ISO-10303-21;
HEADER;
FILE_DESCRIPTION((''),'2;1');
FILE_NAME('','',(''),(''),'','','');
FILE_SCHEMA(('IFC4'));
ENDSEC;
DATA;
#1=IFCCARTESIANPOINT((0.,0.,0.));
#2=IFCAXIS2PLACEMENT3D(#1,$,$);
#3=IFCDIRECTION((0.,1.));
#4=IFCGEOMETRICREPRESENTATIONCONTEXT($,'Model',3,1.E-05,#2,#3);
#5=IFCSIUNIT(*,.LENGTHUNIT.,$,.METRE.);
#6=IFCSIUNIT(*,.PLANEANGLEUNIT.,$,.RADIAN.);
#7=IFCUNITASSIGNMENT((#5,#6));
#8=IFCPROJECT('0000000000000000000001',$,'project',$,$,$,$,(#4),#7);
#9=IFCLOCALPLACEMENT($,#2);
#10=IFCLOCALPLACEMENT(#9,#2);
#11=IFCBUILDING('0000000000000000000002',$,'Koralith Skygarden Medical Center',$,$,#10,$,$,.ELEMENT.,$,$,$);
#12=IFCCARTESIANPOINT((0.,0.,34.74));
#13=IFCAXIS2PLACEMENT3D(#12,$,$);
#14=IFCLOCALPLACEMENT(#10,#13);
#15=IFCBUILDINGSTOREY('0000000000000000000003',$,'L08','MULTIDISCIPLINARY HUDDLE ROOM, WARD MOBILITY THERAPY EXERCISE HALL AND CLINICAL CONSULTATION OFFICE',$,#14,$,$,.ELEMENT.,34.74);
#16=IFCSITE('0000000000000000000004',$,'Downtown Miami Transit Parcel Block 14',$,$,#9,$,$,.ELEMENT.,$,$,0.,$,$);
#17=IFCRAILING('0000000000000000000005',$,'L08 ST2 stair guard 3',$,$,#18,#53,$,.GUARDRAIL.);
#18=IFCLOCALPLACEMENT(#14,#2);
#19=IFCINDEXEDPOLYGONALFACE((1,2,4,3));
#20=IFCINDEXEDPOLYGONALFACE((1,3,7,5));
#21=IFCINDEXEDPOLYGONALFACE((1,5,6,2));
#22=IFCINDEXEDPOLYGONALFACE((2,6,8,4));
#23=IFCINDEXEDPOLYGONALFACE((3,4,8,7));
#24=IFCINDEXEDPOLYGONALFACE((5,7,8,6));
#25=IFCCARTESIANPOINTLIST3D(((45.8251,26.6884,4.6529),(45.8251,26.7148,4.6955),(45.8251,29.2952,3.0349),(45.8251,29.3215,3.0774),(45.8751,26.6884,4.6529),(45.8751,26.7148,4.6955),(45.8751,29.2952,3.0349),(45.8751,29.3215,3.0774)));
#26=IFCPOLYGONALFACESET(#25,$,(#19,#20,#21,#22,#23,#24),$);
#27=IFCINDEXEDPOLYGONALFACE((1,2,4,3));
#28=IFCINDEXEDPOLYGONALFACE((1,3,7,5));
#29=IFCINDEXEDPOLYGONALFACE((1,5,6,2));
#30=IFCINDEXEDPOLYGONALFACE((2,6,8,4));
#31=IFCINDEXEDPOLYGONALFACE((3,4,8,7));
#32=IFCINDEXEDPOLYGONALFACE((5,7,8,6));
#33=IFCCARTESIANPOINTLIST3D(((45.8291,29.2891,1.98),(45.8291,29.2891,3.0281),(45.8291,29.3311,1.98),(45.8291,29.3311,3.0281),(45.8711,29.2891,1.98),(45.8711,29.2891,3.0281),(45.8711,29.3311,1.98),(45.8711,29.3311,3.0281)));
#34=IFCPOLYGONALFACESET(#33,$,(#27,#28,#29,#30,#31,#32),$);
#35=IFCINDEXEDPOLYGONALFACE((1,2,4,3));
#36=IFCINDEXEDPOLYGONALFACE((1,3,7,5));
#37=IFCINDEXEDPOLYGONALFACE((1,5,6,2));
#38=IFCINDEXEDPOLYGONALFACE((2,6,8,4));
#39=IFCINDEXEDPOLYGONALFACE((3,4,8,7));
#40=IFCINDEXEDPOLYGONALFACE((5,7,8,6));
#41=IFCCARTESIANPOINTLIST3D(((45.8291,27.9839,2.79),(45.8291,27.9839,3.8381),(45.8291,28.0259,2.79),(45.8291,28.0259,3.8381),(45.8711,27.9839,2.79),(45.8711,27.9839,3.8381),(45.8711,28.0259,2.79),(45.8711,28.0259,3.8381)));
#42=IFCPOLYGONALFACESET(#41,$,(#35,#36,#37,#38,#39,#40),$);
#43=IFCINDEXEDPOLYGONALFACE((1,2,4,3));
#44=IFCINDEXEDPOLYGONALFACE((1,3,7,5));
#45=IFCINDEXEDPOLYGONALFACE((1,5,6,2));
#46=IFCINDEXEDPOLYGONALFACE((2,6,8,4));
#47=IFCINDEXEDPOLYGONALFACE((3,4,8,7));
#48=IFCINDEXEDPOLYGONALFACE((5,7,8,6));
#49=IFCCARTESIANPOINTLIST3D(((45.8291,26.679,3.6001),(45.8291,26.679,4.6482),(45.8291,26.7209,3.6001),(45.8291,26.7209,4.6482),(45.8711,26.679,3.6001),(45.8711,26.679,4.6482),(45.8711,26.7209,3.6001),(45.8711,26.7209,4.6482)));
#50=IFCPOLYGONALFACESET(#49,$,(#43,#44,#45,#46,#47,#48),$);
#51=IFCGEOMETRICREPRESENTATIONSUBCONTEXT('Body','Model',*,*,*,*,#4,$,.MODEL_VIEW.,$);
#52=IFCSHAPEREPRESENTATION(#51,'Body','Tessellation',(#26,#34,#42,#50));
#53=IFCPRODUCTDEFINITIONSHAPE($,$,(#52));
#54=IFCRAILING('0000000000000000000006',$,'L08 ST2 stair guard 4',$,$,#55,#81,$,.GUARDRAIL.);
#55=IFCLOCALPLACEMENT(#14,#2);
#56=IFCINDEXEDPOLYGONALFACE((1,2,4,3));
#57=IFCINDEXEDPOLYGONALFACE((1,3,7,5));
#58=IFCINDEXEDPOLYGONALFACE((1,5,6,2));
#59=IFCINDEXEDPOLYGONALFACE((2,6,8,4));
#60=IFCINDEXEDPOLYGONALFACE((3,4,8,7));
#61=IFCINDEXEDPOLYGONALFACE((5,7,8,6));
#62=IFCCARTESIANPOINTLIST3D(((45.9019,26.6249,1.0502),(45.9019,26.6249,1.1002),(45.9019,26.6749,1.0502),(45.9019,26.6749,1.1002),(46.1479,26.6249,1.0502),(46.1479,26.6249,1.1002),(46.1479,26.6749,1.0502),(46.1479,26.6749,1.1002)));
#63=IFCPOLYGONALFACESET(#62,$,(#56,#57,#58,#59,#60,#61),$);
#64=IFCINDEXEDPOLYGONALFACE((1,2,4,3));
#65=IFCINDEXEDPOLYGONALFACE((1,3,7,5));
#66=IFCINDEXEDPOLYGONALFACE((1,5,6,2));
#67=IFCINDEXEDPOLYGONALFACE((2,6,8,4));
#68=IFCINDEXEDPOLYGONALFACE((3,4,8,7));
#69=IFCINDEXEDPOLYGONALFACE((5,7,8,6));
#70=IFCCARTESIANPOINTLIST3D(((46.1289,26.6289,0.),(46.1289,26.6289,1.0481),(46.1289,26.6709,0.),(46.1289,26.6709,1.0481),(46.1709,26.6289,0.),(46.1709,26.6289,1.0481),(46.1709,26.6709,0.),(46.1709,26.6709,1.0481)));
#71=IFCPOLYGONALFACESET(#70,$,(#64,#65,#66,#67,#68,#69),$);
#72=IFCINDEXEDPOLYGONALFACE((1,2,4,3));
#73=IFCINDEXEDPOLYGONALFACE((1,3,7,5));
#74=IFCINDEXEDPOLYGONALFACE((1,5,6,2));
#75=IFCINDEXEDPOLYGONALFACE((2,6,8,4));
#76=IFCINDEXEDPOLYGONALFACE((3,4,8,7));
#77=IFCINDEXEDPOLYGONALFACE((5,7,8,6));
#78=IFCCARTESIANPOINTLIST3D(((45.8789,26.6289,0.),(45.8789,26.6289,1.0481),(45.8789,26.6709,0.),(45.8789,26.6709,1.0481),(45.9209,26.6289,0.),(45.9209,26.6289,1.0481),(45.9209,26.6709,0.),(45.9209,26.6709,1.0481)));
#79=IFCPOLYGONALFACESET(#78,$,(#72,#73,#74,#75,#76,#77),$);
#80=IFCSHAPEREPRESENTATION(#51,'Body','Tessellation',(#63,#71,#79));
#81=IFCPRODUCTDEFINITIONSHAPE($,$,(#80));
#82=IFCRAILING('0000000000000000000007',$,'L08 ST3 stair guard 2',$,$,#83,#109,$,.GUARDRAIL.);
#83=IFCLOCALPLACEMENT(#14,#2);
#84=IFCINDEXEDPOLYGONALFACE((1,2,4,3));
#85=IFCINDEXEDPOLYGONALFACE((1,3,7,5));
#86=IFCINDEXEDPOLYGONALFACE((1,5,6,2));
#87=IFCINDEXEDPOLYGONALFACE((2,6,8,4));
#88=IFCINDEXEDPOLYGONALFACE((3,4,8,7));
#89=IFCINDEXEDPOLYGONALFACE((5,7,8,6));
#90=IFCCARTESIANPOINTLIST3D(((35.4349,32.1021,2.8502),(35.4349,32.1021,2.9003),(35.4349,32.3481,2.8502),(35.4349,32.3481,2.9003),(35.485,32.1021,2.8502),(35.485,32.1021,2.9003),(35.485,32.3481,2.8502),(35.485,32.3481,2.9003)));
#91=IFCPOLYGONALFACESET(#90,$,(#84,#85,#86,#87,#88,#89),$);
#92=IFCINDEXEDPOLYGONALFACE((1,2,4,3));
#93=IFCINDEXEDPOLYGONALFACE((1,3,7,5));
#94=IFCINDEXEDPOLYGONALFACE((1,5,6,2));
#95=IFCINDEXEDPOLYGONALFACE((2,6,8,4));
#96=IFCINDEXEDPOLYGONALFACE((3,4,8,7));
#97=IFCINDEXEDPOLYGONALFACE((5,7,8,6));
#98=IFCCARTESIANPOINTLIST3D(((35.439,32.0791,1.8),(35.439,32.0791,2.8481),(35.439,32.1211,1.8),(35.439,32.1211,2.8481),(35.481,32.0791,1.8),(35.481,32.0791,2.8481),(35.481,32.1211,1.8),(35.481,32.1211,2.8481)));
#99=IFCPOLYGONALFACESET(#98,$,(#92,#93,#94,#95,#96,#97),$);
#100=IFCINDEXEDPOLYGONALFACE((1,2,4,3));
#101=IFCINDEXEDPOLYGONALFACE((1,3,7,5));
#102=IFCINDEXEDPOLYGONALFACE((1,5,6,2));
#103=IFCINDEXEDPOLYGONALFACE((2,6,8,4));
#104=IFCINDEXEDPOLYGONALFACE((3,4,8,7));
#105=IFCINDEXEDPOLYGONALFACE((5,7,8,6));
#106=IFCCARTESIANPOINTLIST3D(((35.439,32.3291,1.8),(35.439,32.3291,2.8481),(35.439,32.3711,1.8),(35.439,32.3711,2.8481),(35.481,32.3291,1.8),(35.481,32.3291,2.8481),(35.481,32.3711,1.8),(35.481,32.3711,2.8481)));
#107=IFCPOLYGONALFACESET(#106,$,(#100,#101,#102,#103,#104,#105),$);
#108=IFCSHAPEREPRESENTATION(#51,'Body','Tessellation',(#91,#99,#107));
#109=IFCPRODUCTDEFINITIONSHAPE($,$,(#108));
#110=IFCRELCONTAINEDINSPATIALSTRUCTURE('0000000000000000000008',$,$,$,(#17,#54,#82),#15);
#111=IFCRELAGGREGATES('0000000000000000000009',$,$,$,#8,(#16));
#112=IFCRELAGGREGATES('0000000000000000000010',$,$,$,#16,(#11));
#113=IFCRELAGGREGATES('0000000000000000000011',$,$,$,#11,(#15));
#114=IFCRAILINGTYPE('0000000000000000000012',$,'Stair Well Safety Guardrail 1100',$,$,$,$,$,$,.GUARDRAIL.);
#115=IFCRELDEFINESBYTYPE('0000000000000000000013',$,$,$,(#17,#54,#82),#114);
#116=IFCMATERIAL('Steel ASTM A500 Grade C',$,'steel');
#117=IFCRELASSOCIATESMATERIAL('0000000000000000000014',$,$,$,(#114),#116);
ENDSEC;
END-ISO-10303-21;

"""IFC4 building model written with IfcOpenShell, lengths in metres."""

from ifc_helpers import new_model, si_unit, direction, frame, origin, origin_2d, place, context, subcontext, project, spatial, rectangle, extrude, material, type_object, element, save


model = new_model("IFC4")

# Units and contexts
model_context = context("Model", 3, precision=1e-05, world=origin(), true_north=direction((0.0, 1.0)))
body_context = subcontext(model_context, "Body", "Model", "MODEL_VIEW")
ifc_project = project(units=[si_unit("LENGTHUNIT", "METRE"), si_unit("PLANEANGLEUNIT", "RADIAN")], contexts=[model_context])

# Site, building, storey
site_placement = place(None, origin())
site = spatial("IfcSite", under=ifc_project, at=site_placement, Name="Downtown Miami Transit Parcel Block 14", CompositionType="ELEMENT", RefElevation=0.0)
building_placement = place(site_placement, origin())
building = spatial("IfcBuilding", under=site, at=building_placement, Name="Koralith Skygarden Medical Center", CompositionType="ELEMENT")
storey_placement = place(building_placement, frame((0.0, 0.0, 34.74)))
storey = spatial("IfcBuildingStorey", under=building, at=storey_placement, Name="L08", Description="MULTIDISCIPLINARY HUDDLE ROOM, WARD MOBILITY THERAPY EXERCISE HALL AND CLINICAL CONSULTATION OFFICE", CompositionType="ELEMENT", Elevation=34.74)

# Shared definitions
ifc_material_1 = material(Name="Steel ASTM A500 Grade C", Category="steel")

# Railings
railing_type_1 = type_object("IfcRailingType", Name="Stair Well Safety Guardrail 1100", PredefinedType="GUARDRAIL", material=ifc_material_1)
railing_1_placement = place(storey_placement, frame((45.8501, 29.3101, 1.98)))
element("IfcRailing", 1, at=railing_1_placement, inside=storey, type_object=railing_type_1, Name="L08 ST2 stair guard 3", PredefinedType="GUARDRAIL", context=body_context, shape_type="SweptSolid", body=[
    extrude(rectangle(XDim=0.05, YDim=0.05, at=origin_2d()), frame((0.0, -0.0017, 1.0762), z_axis=(0.0, -0.849633, 0.527375), x_axis=(1.0, 0.0, 0.0)), (0.0, 0.0, 1.0), 3.0681),
    extrude(rectangle(XDim=0.042, YDim=0.042, at=origin_2d()), origin(), (0.0, 0.0, 1.0), 1.0481),
    extrude(rectangle(XDim=0.042, YDim=0.042, at=origin_2d()), frame((0.0, -1.3052, 0.8101)), (0.0, 0.0, 1.0), 1.0481),
    extrude(rectangle(XDim=0.042, YDim=0.042, at=origin_2d()), frame((0.0, -2.6101, 1.6201)), (0.0, 0.0, 1.0), 1.0481),
])
railing_2_placement = place(storey_placement, frame((46.1499, 26.6499, 0.0)))
element("IfcRailing", 2, at=railing_2_placement, inside=storey, type_object=railing_type_1, Name="L08 ST2 stair guard 4", PredefinedType="GUARDRAIL", context=body_context, shape_type="SweptSolid", body=[
    extrude(rectangle(XDim=0.05, YDim=0.05, at=origin_2d()), frame((-0.002, 0.0, 1.0752), z_axis=(-1.0, 0.0, 0.0), x_axis=(0.0, -1.0, 0.0)), (0.0, 0.0, 1.0), 0.2461),
    extrude(rectangle(XDim=0.042, YDim=0.042, at=origin_2d()), origin(), (0.0, 0.0, 1.0), 1.0481),
    extrude(rectangle(XDim=0.042, YDim=0.042, at=origin_2d()), frame((-0.25, 0.0, 0.0)), (0.0, 0.0, 1.0), 1.0481),
])
railing_3_placement = place(storey_placement, frame((35.46, 32.1001, 1.8)))
element("IfcRailing", 3, at=railing_3_placement, inside=storey, type_object=railing_type_1, Name="L08 ST3 stair guard 2", PredefinedType="GUARDRAIL", context=body_context, shape_type="SweptSolid", body=[
    extrude(rectangle(XDim=0.05, YDim=0.05, at=origin_2d()), frame((0.0, 0.002, 1.0752), z_axis=(0.0, 1.0, 0.0), x_axis=(-1.0, 0.0, 0.0)), (0.0, 0.0, 1.0), 0.2461),
    extrude(rectangle(XDim=0.042, YDim=0.042, at=origin_2d()), origin(), (0.0, 0.0, 1.0), 1.0481),
    extrude(rectangle(XDim=0.042, YDim=0.042, at=origin_2d()), frame((0.0, 0.25, 0.0)), (0.0, 0.0, 1.0), 1.0481),
])

save(model, "model.ifc")
